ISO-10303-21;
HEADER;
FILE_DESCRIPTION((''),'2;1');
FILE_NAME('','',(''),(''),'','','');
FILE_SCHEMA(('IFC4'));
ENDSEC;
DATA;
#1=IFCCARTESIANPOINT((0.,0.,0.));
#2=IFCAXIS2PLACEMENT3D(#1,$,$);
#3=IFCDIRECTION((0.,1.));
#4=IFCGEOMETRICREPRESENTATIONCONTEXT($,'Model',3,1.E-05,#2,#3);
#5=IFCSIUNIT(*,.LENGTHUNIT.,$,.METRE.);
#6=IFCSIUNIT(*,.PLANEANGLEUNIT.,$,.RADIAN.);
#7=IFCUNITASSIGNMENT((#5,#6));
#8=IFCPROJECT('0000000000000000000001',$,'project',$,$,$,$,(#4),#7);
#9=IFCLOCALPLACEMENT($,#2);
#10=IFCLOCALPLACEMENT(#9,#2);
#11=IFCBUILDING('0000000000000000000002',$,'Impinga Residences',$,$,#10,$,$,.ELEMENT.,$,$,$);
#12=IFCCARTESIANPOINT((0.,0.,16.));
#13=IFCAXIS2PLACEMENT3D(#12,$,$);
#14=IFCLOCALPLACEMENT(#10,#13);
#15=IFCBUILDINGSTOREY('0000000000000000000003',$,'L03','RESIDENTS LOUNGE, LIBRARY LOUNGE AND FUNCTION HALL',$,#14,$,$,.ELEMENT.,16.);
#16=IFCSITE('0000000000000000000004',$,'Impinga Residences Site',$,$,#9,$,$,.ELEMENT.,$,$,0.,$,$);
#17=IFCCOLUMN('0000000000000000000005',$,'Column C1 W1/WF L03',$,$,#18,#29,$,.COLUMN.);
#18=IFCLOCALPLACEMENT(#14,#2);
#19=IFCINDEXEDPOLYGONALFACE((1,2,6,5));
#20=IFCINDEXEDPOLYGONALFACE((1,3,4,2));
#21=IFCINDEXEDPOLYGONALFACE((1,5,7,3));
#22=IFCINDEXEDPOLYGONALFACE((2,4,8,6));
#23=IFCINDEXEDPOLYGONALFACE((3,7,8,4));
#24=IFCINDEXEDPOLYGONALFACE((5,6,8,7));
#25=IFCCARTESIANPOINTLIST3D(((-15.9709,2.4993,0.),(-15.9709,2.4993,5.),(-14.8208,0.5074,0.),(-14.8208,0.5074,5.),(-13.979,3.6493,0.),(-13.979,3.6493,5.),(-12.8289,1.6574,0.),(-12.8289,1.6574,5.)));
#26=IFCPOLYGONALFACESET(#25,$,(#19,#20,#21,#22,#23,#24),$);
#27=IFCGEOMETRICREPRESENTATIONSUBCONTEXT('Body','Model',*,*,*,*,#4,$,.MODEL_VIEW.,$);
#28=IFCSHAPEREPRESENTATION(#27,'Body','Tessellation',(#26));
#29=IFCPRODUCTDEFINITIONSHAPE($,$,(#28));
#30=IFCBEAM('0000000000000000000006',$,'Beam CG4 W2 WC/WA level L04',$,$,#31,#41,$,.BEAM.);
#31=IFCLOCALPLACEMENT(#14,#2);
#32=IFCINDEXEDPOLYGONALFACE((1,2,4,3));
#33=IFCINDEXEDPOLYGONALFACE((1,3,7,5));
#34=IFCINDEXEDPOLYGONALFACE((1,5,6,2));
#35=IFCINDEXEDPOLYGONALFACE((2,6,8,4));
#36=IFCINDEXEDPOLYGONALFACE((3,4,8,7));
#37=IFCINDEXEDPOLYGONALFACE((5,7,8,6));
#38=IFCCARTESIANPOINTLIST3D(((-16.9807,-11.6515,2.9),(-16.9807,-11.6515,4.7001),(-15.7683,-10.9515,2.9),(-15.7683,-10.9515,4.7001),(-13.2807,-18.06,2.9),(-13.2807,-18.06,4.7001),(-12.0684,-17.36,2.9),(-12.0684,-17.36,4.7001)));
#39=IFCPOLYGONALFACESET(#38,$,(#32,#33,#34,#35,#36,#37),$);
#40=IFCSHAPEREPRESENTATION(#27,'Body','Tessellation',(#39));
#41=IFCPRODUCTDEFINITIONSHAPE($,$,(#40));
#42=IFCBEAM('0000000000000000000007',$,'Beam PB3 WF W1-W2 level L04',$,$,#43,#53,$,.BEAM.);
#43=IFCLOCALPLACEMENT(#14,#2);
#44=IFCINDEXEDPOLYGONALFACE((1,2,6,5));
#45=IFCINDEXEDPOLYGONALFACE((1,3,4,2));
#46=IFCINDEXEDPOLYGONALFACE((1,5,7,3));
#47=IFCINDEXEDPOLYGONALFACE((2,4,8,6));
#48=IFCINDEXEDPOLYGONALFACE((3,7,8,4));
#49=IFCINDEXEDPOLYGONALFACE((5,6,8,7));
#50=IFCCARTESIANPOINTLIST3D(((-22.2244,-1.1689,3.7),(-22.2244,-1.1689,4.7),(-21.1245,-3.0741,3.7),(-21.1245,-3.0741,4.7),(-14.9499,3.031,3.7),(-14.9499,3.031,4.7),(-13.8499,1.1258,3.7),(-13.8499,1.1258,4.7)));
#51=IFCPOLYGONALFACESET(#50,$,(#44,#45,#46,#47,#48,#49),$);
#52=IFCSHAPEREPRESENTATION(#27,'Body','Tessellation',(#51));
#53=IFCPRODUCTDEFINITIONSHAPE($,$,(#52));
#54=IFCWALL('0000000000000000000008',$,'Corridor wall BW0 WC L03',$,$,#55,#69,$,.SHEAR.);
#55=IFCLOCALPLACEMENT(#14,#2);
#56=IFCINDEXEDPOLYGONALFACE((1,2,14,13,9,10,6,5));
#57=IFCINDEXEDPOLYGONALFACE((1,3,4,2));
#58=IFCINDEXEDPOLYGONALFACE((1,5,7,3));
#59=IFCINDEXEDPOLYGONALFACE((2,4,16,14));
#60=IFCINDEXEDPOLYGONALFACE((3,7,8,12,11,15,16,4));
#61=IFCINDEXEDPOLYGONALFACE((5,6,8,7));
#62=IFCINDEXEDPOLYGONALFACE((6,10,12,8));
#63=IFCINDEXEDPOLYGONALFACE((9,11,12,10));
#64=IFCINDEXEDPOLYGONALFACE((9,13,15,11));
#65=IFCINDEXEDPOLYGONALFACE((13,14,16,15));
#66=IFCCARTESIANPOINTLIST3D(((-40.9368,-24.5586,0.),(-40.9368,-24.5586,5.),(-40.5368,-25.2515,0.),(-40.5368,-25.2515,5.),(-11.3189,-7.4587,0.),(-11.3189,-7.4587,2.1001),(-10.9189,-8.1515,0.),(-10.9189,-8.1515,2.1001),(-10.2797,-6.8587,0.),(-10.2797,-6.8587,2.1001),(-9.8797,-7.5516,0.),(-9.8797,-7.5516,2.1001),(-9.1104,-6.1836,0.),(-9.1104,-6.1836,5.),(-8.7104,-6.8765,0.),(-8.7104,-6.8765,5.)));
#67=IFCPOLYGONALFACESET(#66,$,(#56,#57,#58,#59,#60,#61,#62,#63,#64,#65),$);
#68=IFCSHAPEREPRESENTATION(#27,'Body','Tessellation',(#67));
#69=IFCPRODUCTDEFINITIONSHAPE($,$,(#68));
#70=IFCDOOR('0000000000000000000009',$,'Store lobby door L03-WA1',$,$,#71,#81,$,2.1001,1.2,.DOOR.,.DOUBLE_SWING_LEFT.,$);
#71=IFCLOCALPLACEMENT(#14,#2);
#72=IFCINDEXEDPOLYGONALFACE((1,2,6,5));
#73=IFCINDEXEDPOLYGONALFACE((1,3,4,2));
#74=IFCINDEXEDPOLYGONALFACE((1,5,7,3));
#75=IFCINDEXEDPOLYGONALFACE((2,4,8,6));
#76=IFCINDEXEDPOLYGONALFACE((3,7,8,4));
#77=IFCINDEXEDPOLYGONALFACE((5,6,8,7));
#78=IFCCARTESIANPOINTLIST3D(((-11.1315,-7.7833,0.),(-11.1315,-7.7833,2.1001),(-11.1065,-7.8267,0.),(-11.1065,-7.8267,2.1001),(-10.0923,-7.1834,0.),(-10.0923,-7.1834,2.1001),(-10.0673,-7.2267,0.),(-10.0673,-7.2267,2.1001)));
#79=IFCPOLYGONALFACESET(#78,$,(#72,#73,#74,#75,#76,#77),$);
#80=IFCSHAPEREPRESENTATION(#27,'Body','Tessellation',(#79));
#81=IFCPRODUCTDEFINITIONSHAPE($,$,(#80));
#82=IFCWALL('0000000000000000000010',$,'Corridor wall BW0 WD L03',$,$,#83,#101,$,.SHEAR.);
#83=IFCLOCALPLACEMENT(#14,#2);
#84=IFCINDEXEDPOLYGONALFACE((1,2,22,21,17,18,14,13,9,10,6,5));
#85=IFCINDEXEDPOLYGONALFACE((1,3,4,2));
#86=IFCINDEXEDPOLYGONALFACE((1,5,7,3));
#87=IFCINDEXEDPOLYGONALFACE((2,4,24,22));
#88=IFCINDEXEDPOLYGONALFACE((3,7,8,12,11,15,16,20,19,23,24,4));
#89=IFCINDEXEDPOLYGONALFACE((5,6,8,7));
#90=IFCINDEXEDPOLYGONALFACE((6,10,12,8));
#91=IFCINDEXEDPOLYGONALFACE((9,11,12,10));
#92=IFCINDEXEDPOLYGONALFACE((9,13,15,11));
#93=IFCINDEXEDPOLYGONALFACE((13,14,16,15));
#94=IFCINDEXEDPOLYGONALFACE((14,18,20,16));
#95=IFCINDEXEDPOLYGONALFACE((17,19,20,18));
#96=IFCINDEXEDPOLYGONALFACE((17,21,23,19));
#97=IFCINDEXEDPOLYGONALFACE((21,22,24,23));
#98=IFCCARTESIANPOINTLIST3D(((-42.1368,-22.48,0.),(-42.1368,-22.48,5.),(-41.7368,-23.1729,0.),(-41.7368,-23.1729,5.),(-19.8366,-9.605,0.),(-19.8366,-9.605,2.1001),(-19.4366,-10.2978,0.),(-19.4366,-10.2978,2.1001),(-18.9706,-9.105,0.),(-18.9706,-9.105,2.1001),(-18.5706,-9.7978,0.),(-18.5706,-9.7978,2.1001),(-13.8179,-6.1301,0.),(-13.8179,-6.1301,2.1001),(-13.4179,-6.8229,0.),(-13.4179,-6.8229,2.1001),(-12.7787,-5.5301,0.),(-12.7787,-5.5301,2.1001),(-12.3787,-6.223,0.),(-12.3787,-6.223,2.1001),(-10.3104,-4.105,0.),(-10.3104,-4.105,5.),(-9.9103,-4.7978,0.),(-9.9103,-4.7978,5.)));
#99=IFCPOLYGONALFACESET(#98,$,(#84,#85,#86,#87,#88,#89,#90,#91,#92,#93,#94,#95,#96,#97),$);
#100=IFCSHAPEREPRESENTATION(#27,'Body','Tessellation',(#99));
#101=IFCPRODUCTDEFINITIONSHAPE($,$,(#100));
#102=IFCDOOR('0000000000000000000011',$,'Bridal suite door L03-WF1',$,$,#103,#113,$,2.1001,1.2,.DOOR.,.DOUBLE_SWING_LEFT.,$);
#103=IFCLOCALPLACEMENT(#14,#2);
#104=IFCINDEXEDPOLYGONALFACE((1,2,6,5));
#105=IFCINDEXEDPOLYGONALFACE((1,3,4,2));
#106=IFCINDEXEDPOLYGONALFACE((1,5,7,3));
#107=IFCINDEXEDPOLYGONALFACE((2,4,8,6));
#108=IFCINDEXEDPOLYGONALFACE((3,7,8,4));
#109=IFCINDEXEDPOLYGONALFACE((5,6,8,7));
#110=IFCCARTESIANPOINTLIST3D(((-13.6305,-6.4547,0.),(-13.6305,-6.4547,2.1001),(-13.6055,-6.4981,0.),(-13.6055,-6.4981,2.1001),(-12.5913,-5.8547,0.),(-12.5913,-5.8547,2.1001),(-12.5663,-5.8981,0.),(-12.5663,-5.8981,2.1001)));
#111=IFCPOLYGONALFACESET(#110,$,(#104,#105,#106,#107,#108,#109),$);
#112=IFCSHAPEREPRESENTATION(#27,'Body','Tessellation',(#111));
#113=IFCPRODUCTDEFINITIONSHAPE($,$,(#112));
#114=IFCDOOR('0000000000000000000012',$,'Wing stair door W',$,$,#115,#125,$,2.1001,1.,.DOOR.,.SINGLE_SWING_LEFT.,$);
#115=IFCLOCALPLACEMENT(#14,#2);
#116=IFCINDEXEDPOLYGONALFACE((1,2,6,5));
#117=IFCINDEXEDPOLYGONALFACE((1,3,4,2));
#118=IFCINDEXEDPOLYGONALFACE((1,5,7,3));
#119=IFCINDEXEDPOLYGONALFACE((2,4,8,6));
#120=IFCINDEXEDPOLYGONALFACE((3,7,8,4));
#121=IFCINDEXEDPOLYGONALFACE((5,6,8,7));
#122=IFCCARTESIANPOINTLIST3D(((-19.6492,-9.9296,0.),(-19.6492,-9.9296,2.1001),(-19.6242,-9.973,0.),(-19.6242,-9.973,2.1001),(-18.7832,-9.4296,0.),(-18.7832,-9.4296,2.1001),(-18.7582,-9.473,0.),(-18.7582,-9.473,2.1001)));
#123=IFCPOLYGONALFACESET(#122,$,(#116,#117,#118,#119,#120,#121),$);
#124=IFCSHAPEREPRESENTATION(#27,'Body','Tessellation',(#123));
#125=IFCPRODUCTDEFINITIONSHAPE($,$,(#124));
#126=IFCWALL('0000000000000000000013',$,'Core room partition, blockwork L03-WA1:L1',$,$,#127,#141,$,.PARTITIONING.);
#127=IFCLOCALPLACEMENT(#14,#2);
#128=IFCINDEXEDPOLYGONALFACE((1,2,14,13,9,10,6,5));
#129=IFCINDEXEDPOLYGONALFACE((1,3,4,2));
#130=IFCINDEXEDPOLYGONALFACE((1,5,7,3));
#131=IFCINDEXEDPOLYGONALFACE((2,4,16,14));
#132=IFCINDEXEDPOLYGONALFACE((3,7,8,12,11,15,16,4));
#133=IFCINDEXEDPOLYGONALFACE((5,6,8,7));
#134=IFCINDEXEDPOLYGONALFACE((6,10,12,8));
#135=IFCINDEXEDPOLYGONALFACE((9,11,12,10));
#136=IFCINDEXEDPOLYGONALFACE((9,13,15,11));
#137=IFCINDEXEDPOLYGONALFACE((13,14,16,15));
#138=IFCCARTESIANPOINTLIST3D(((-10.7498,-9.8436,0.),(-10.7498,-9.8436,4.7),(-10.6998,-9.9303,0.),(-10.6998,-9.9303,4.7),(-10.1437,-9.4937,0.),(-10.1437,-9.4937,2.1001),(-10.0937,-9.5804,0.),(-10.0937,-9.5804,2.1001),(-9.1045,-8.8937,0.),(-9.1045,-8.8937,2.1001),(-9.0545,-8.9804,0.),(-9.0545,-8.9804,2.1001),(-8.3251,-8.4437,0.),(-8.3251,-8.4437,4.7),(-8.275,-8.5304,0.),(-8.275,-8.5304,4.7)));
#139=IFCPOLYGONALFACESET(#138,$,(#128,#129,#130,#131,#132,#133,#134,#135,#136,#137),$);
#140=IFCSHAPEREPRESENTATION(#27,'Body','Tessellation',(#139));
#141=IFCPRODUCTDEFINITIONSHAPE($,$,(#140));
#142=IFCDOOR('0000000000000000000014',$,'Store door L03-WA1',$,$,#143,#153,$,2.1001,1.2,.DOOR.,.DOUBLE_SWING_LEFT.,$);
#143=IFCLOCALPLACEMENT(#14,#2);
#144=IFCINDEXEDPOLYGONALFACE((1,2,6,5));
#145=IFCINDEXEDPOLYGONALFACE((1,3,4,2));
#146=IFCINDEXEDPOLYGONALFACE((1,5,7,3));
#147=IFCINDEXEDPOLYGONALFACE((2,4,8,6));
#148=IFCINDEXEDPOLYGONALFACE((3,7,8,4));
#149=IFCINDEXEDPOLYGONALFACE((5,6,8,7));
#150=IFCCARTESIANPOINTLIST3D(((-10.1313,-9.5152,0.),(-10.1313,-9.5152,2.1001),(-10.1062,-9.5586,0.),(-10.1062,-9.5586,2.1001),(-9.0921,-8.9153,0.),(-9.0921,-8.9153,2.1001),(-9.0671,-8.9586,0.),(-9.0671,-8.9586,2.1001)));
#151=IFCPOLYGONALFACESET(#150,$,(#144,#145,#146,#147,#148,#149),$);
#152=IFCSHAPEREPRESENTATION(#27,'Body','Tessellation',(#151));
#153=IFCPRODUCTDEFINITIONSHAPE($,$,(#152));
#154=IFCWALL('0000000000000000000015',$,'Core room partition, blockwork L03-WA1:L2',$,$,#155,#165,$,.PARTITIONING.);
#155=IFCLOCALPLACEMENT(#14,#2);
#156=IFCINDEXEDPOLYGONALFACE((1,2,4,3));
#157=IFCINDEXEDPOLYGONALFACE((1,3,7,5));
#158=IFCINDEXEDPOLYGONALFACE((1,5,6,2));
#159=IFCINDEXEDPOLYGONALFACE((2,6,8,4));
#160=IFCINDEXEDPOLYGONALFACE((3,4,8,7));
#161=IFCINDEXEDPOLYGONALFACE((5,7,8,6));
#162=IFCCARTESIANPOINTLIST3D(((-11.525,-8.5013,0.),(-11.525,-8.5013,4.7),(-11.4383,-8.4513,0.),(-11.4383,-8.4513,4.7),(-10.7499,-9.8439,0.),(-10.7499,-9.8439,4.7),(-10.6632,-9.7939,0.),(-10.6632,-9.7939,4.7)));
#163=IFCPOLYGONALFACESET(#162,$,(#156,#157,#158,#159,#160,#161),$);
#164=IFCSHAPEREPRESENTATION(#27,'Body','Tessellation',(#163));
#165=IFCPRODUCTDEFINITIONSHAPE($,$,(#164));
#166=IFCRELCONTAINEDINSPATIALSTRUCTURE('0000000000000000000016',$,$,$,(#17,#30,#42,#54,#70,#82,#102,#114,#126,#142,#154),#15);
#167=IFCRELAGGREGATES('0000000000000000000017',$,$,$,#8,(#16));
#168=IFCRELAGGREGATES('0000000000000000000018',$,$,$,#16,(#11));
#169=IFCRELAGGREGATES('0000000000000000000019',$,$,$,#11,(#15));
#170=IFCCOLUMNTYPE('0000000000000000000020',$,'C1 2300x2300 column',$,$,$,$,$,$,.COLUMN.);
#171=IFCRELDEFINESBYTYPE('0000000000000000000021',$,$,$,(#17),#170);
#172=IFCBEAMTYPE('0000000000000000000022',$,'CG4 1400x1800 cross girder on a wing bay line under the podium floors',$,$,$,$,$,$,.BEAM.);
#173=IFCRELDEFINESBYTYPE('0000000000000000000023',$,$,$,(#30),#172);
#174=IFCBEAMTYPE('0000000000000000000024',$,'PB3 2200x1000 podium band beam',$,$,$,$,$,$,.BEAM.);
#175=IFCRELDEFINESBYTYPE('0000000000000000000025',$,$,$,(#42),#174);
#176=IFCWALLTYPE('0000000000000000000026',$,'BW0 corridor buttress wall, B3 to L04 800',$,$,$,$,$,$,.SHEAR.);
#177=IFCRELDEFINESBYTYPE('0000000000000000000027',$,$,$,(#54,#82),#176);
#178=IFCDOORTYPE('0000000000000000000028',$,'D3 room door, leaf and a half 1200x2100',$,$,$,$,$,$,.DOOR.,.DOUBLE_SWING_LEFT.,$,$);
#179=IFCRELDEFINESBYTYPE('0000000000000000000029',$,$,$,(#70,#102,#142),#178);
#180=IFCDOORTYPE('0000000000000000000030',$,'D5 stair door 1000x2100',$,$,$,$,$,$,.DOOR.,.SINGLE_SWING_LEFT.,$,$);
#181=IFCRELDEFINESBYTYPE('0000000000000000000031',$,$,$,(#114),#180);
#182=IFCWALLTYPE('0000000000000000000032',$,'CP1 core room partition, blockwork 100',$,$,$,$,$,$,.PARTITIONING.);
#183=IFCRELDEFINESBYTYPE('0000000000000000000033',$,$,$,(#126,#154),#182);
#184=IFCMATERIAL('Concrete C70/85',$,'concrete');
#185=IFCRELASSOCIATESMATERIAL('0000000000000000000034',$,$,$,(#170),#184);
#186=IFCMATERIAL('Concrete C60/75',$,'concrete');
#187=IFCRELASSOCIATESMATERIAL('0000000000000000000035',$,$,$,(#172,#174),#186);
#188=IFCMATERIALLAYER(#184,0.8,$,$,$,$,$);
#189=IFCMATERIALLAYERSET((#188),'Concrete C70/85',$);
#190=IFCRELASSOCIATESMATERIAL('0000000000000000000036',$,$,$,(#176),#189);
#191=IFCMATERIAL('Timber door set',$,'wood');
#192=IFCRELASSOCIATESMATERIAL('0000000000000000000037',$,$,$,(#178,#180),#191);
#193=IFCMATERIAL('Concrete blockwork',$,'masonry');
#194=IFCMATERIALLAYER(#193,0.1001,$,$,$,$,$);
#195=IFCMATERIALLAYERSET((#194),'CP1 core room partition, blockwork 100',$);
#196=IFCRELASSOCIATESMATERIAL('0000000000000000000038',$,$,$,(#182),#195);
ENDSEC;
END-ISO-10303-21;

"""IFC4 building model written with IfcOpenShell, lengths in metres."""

from ifc_helpers import new_model, si_unit, direction, frame, frame_2d, origin, origin_2d, place, context, subcontext, project, spatial, rectangle, extrude, material, layer, layer_set, material_profile, profile_set, type_object, element, fill, save


model = new_model("IFC4")

# Units and contexts
model_context = context("Model", 3, precision=1e-05, world=origin(), true_north=direction((0.0, 1.0)))
body_context = subcontext(model_context, "Body", "Model", "MODEL_VIEW")
ifc_project = project(units=[si_unit("LENGTHUNIT", "METRE"), si_unit("PLANEANGLEUNIT", "RADIAN")], contexts=[model_context])

# Site, building, storey
site_placement = place(None, origin())
site = spatial("IfcSite", under=ifc_project, at=site_placement, Name="Impinga Residences Site", CompositionType="ELEMENT", RefElevation=0.0)
building_placement = place(site_placement, origin())
building = spatial("IfcBuilding", under=site, at=building_placement, Name="Impinga Residences", CompositionType="ELEMENT")
storey_placement = place(building_placement, frame((0.0, 0.0, 16.0)))
storey = spatial("IfcBuildingStorey", under=building, at=storey_placement, Name="L03", Description="RESIDENTS LOUNGE, LIBRARY LOUNGE AND FUNCTION HALL", CompositionType="ELEMENT", Elevation=16.0)

# Column
ifc_material_1 = material(Name="Concrete C70/85", Category="concrete")
ifc_material_profile_1 = material_profile(ifc_material_1, rectangle(XDim=2.3, YDim=2.3, at=origin_2d()), Name="RC 2300x2300")
ifc_profile_set_1 = profile_set([ifc_material_profile_1], Name="Concrete C70/85")
column_type = type_object("IfcColumnType", Name="C1 2300x2300 column", PredefinedType="COLUMN", material=ifc_profile_set_1)
column_placement = place(storey_placement, frame((-14.3999, 2.0784, 0.0), z_axis=(0.0, 0.0, 1.0), x_axis=(-0.5, 0.866025, 0.0)))
element("IfcColumn", 1, at=column_placement, inside=storey, type_object=column_type, Name="Column C1 W1/WF L03", PredefinedType="COLUMN", context=body_context, shape_type="SweptSolid", body=[
    extrude(rectangle(XDim=2.3, YDim=2.3, at=origin_2d()), origin(), (0.0, 0.0, 1.0), 5.0),
])

# Beams
ifc_material_2 = material(Name="Concrete C60/75", Category="concrete")
ifc_material_profile_2 = material_profile(ifc_material_2, rectangle(XDim=1.3999, YDim=1.8, at=origin_2d()), Name="RC 1400x1800")
ifc_profile_set_2 = profile_set([ifc_material_profile_2], Name="Concrete C60/75")
beam_type_1 = type_object("IfcBeamType", Name="CG4 1400x1800 cross girder on a wing bay line under the podium floors", PredefinedType="BEAM", material=ifc_profile_set_2)
beam_1_placement = place(storey_placement, frame((-16.3745, -11.3015, 3.8), z_axis=(0.500003, -0.866024, 0.0), x_axis=(0.866024, 0.500003, 0.0)))
element("IfcBeam", 2, at=beam_1_placement, inside=storey, type_object=beam_type_1, Name="Beam CG4 W2 WC/WA level L04", PredefinedType="BEAM", context=body_context, shape_type="SweptSolid", body=[
    extrude(rectangle(XDim=1.3999, YDim=1.8, at=origin_2d()), origin(), (0.0, 0.0, 1.0), 7.3999),
])
ifc_material_profile_3 = material_profile(ifc_material_2, rectangle(XDim=2.2, YDim=1.0, at=origin_2d()), Name="RC 2200x1000")
ifc_profile_set_3 = profile_set([ifc_material_profile_3], Name="Concrete C60/75")
beam_type_2 = type_object("IfcBeamType", Name="PB3 2200x1000 podium band beam", PredefinedType="BEAM", material=ifc_profile_set_3)
beam_2_placement = place(storey_placement, frame((-14.3999, 2.0784, 4.2), z_axis=(-0.866029, -0.499993, 0.0), x_axis=(0.499993, -0.866029, 0.0)))
element("IfcBeam", 3, at=beam_2_placement, inside=storey, type_object=beam_type_2, Name="Beam PB3 WF W1-W2 level L04", PredefinedType="BEAM", context=body_context, shape_type="SweptSolid", body=[
    extrude(rectangle(XDim=2.2, YDim=1.0, at=origin_2d()), origin(), (0.0, 0.0, 1.0), 8.3999),
])

# Wall, opening, door
ifc_layer_1 = layer(ifc_material_1, 0.8)
ifc_layer_set_1 = layer_set([ifc_layer_1], Name="Concrete C70/85")
wall_type_1 = type_object("IfcWallType", Name="BW0 corridor buttress wall, B3 to L04 800", PredefinedType="SHEAR", material=ifc_layer_set_1)
wall_1_placement = place(storey_placement, frame((-8.9104, -6.53, 0.0), z_axis=(0.0, 0.0, 1.0), x_axis=(-0.866025, -0.5, 0.0)))
wall_1 = element("IfcWall", 4, at=wall_1_placement, inside=storey, type_object=wall_type_1, Name="Corridor wall BW0 WC L03", PredefinedType="SHEAR", context=body_context, shape_type="SweptSolid", body=[
    extrude(rectangle(XDim=36.75, YDim=0.8, at=frame_2d((18.375, 0.0))), origin(), (0.0, 0.0, 1.0), 5.0),
])
opening_1_placement = place(wall_1_placement, frame((1.3501, 0.0, 0.0)))
opening_1 = element("IfcOpeningElement", 5, at=opening_1_placement, cuts=wall_1, PredefinedType="OPENING", context=body_context, shape_type="SweptSolid", body=[
    extrude(rectangle(XDim=1.2, YDim=2.1001, at=frame_2d((0.6001, 1.05))), frame((0.0, 0.4099, 0.0), z_axis=(0.0, -1.0, 0.0), x_axis=(1.0, 0.0, 0.0)), (0.0, 0.0, 1.0), 0.8201),
])
ifc_material_3 = material(Name="Timber door set", Category="wood")
door_type_1 = type_object("IfcDoorType", Name="D3 room door, leaf and a half 1200x2100", OperationType="DOUBLE_SWING_LEFT", PredefinedType="DOOR", material=ifc_material_3)
door_1_placement = place(opening_1_placement, origin())
door_1 = element("IfcDoor", 6, at=door_1_placement, inside=storey, type_object=door_type_1, Name="Store lobby door L03-WA1", OperationType="DOUBLE_SWING_LEFT", OverallHeight=2.1001, OverallWidth=1.2, PredefinedType="DOOR", context=body_context, shape_type="SweptSolid", body=[
    extrude(rectangle(XDim=1.2, YDim=2.1001, at=frame_2d((0.6001, 1.05))), frame((0.0, 0.0249, 0.0), z_axis=(0.0, -1.0, 0.0), x_axis=(1.0, 0.0, 0.0)), (0.0, 0.0, 1.0), 0.05),
])
fill(opening_1, door_1)

# Wall, openings, doors
wall_2_placement = place(storey_placement, frame((-10.1104, -4.4514, 0.0), z_axis=(0.0, 0.0, 1.0), x_axis=(-0.866025, -0.5, 0.0)))
wall_2 = element("IfcWall", 7, at=wall_2_placement, inside=storey, type_object=wall_type_1, Name="Corridor wall BW0 WD L03", PredefinedType="SHEAR", context=body_context, shape_type="SweptSolid", body=[
    extrude(rectangle(XDim=36.75, YDim=0.8, at=frame_2d((18.375, 0.0))), origin(), (0.0, 0.0, 1.0), 5.0),
])
opening_2_placement = place(wall_2_placement, frame((10.0, 0.0, 0.0)))
opening_2 = element("IfcOpeningElement", 8, at=opening_2_placement, cuts=wall_2, PredefinedType="OPENING", context=body_context, shape_type="SweptSolid", body=[
    extrude(rectangle(XDim=1.0, YDim=2.1001, at=frame_2d((0.5, 1.05))), frame((0.0, 0.4099, 0.0), z_axis=(0.0, -1.0, 0.0), x_axis=(1.0, 0.0, 0.0)), (0.0, 0.0, 1.0), 0.8201),
])
opening_3_placement = place(wall_2_placement, frame((2.8501, 0.0, 0.0)))
opening_3 = element("IfcOpeningElement", 9, at=opening_3_placement, cuts=wall_2, PredefinedType="OPENING", context=body_context, shape_type="SweptSolid", body=[
    extrude(rectangle(XDim=1.2, YDim=2.1001, at=frame_2d((0.6001, 1.05))), frame((0.0, 0.4099, 0.0), z_axis=(0.0, -1.0, 0.0), x_axis=(1.0, 0.0, 0.0)), (0.0, 0.0, 1.0), 0.8201),
])
door_2_placement = place(opening_3_placement, origin())
door_2 = element("IfcDoor", 10, at=door_2_placement, inside=storey, type_object=door_type_1, Name="Bridal suite door L03-WF1", OperationType="DOUBLE_SWING_LEFT", OverallHeight=2.1001, OverallWidth=1.2, PredefinedType="DOOR", context=body_context, shape_type="SweptSolid", body=[
    extrude(rectangle(XDim=1.2, YDim=2.1001, at=frame_2d((0.6001, 1.05))), frame((0.0, 0.0249, 0.0), z_axis=(0.0, -1.0, 0.0), x_axis=(1.0, 0.0, 0.0)), (0.0, 0.0, 1.0), 0.05),
])
fill(opening_3, door_2)
door_type_2 = type_object("IfcDoorType", Name="D5 stair door 1000x2100", OperationType="SINGLE_SWING_LEFT", PredefinedType="DOOR", material=ifc_material_3)
door_3_placement = place(opening_2_placement, origin())
door_3 = element("IfcDoor", 11, at=door_3_placement, inside=storey, type_object=door_type_2, Name="Wing stair door W", OperationType="SINGLE_SWING_LEFT", OverallHeight=2.1001, OverallWidth=1.0, PredefinedType="DOOR", context=body_context, shape_type="SweptSolid", body=[
    extrude(rectangle(XDim=1.0, YDim=2.1001, at=frame_2d((0.5, 1.05))), frame((0.0, 0.0249, 0.0), z_axis=(0.0, -1.0, 0.0), x_axis=(1.0, 0.0, 0.0)), (0.0, 0.0, 1.0), 0.05),
])
fill(opening_2, door_3)

# Wall, opening, door
ifc_material_4 = material(Name="Concrete blockwork", Category="masonry")
ifc_layer_2 = layer(ifc_material_4, 0.1001)
ifc_layer_set_2 = layer_set([ifc_layer_2], Name="CP1 core room partition, blockwork 100")
wall_type_2 = type_object("IfcWallType", Name="CP1 core room partition, blockwork 100", PredefinedType="PARTITIONING", material=ifc_layer_set_2)
wall_3_placement = place(storey_placement, frame((-8.3, -8.4871, 0.0), z_axis=(0.0, 0.0, 1.0), x_axis=(-0.866035, -0.499984, 0.0)))
wall_3 = element("IfcWall", 12, at=wall_3_placement, inside=storey, type_object=wall_type_2, Name="Core room partition, blockwork L03-WA1:L1", PredefinedType="PARTITIONING", context=body_context, shape_type="SweptSolid", body=[
    extrude(rectangle(XDim=2.7998, YDim=0.1001, at=frame_2d((1.3999, 0.0))), origin(), (0.0, 0.0, 1.0), 4.7),
])
opening_4_placement = place(wall_3_placement, frame((0.8999, 0.0, 0.0)))
opening_4 = element("IfcOpeningElement", 13, at=opening_4_placement, cuts=wall_3, PredefinedType="OPENING", context=body_context, shape_type="SweptSolid", body=[
    extrude(rectangle(XDim=1.2, YDim=2.1001, at=frame_2d((0.6001, 1.05))), frame((0.0, 0.0601, 0.0), z_axis=(0.0, -1.0, 0.0), x_axis=(1.0, 0.0, 0.0)), (0.0, 0.0, 1.0), 0.1201),
])
door_4_placement = place(opening_4_placement, origin())
door_4 = element("IfcDoor", 14, at=door_4_placement, inside=storey, type_object=door_type_1, Name="Store door L03-WA1", OperationType="DOUBLE_SWING_LEFT", OverallHeight=2.1001, OverallWidth=1.2, PredefinedType="DOOR", context=body_context, shape_type="SweptSolid", body=[
    extrude(rectangle(XDim=1.2, YDim=2.1001, at=frame_2d((0.6001, 1.05))), frame((0.0, 0.0249, 0.0), z_axis=(0.0, -1.0, 0.0), x_axis=(1.0, 0.0, 0.0)), (0.0, 0.0, 1.0), 0.05),
])
fill(opening_4, door_4)

# Wall
wall_4_placement = place(storey_placement, frame((-11.4817, -8.4763, 0.0), z_axis=(0.0, 0.0, 1.0), x_axis=(0.500018, -0.866015, 0.0)))
element("IfcWall", 15, at=wall_4_placement, inside=storey, type_object=wall_type_2, Name="Core room partition, blockwork L03-WA1:L2", PredefinedType="PARTITIONING", context=body_context, shape_type="SweptSolid", body=[
    extrude(rectangle(XDim=1.5503, YDim=0.1001, at=frame_2d((0.7751, 0.0))), origin(), (0.0, 0.0, 1.0), 4.7),
])

save(model, "model.ifc")
